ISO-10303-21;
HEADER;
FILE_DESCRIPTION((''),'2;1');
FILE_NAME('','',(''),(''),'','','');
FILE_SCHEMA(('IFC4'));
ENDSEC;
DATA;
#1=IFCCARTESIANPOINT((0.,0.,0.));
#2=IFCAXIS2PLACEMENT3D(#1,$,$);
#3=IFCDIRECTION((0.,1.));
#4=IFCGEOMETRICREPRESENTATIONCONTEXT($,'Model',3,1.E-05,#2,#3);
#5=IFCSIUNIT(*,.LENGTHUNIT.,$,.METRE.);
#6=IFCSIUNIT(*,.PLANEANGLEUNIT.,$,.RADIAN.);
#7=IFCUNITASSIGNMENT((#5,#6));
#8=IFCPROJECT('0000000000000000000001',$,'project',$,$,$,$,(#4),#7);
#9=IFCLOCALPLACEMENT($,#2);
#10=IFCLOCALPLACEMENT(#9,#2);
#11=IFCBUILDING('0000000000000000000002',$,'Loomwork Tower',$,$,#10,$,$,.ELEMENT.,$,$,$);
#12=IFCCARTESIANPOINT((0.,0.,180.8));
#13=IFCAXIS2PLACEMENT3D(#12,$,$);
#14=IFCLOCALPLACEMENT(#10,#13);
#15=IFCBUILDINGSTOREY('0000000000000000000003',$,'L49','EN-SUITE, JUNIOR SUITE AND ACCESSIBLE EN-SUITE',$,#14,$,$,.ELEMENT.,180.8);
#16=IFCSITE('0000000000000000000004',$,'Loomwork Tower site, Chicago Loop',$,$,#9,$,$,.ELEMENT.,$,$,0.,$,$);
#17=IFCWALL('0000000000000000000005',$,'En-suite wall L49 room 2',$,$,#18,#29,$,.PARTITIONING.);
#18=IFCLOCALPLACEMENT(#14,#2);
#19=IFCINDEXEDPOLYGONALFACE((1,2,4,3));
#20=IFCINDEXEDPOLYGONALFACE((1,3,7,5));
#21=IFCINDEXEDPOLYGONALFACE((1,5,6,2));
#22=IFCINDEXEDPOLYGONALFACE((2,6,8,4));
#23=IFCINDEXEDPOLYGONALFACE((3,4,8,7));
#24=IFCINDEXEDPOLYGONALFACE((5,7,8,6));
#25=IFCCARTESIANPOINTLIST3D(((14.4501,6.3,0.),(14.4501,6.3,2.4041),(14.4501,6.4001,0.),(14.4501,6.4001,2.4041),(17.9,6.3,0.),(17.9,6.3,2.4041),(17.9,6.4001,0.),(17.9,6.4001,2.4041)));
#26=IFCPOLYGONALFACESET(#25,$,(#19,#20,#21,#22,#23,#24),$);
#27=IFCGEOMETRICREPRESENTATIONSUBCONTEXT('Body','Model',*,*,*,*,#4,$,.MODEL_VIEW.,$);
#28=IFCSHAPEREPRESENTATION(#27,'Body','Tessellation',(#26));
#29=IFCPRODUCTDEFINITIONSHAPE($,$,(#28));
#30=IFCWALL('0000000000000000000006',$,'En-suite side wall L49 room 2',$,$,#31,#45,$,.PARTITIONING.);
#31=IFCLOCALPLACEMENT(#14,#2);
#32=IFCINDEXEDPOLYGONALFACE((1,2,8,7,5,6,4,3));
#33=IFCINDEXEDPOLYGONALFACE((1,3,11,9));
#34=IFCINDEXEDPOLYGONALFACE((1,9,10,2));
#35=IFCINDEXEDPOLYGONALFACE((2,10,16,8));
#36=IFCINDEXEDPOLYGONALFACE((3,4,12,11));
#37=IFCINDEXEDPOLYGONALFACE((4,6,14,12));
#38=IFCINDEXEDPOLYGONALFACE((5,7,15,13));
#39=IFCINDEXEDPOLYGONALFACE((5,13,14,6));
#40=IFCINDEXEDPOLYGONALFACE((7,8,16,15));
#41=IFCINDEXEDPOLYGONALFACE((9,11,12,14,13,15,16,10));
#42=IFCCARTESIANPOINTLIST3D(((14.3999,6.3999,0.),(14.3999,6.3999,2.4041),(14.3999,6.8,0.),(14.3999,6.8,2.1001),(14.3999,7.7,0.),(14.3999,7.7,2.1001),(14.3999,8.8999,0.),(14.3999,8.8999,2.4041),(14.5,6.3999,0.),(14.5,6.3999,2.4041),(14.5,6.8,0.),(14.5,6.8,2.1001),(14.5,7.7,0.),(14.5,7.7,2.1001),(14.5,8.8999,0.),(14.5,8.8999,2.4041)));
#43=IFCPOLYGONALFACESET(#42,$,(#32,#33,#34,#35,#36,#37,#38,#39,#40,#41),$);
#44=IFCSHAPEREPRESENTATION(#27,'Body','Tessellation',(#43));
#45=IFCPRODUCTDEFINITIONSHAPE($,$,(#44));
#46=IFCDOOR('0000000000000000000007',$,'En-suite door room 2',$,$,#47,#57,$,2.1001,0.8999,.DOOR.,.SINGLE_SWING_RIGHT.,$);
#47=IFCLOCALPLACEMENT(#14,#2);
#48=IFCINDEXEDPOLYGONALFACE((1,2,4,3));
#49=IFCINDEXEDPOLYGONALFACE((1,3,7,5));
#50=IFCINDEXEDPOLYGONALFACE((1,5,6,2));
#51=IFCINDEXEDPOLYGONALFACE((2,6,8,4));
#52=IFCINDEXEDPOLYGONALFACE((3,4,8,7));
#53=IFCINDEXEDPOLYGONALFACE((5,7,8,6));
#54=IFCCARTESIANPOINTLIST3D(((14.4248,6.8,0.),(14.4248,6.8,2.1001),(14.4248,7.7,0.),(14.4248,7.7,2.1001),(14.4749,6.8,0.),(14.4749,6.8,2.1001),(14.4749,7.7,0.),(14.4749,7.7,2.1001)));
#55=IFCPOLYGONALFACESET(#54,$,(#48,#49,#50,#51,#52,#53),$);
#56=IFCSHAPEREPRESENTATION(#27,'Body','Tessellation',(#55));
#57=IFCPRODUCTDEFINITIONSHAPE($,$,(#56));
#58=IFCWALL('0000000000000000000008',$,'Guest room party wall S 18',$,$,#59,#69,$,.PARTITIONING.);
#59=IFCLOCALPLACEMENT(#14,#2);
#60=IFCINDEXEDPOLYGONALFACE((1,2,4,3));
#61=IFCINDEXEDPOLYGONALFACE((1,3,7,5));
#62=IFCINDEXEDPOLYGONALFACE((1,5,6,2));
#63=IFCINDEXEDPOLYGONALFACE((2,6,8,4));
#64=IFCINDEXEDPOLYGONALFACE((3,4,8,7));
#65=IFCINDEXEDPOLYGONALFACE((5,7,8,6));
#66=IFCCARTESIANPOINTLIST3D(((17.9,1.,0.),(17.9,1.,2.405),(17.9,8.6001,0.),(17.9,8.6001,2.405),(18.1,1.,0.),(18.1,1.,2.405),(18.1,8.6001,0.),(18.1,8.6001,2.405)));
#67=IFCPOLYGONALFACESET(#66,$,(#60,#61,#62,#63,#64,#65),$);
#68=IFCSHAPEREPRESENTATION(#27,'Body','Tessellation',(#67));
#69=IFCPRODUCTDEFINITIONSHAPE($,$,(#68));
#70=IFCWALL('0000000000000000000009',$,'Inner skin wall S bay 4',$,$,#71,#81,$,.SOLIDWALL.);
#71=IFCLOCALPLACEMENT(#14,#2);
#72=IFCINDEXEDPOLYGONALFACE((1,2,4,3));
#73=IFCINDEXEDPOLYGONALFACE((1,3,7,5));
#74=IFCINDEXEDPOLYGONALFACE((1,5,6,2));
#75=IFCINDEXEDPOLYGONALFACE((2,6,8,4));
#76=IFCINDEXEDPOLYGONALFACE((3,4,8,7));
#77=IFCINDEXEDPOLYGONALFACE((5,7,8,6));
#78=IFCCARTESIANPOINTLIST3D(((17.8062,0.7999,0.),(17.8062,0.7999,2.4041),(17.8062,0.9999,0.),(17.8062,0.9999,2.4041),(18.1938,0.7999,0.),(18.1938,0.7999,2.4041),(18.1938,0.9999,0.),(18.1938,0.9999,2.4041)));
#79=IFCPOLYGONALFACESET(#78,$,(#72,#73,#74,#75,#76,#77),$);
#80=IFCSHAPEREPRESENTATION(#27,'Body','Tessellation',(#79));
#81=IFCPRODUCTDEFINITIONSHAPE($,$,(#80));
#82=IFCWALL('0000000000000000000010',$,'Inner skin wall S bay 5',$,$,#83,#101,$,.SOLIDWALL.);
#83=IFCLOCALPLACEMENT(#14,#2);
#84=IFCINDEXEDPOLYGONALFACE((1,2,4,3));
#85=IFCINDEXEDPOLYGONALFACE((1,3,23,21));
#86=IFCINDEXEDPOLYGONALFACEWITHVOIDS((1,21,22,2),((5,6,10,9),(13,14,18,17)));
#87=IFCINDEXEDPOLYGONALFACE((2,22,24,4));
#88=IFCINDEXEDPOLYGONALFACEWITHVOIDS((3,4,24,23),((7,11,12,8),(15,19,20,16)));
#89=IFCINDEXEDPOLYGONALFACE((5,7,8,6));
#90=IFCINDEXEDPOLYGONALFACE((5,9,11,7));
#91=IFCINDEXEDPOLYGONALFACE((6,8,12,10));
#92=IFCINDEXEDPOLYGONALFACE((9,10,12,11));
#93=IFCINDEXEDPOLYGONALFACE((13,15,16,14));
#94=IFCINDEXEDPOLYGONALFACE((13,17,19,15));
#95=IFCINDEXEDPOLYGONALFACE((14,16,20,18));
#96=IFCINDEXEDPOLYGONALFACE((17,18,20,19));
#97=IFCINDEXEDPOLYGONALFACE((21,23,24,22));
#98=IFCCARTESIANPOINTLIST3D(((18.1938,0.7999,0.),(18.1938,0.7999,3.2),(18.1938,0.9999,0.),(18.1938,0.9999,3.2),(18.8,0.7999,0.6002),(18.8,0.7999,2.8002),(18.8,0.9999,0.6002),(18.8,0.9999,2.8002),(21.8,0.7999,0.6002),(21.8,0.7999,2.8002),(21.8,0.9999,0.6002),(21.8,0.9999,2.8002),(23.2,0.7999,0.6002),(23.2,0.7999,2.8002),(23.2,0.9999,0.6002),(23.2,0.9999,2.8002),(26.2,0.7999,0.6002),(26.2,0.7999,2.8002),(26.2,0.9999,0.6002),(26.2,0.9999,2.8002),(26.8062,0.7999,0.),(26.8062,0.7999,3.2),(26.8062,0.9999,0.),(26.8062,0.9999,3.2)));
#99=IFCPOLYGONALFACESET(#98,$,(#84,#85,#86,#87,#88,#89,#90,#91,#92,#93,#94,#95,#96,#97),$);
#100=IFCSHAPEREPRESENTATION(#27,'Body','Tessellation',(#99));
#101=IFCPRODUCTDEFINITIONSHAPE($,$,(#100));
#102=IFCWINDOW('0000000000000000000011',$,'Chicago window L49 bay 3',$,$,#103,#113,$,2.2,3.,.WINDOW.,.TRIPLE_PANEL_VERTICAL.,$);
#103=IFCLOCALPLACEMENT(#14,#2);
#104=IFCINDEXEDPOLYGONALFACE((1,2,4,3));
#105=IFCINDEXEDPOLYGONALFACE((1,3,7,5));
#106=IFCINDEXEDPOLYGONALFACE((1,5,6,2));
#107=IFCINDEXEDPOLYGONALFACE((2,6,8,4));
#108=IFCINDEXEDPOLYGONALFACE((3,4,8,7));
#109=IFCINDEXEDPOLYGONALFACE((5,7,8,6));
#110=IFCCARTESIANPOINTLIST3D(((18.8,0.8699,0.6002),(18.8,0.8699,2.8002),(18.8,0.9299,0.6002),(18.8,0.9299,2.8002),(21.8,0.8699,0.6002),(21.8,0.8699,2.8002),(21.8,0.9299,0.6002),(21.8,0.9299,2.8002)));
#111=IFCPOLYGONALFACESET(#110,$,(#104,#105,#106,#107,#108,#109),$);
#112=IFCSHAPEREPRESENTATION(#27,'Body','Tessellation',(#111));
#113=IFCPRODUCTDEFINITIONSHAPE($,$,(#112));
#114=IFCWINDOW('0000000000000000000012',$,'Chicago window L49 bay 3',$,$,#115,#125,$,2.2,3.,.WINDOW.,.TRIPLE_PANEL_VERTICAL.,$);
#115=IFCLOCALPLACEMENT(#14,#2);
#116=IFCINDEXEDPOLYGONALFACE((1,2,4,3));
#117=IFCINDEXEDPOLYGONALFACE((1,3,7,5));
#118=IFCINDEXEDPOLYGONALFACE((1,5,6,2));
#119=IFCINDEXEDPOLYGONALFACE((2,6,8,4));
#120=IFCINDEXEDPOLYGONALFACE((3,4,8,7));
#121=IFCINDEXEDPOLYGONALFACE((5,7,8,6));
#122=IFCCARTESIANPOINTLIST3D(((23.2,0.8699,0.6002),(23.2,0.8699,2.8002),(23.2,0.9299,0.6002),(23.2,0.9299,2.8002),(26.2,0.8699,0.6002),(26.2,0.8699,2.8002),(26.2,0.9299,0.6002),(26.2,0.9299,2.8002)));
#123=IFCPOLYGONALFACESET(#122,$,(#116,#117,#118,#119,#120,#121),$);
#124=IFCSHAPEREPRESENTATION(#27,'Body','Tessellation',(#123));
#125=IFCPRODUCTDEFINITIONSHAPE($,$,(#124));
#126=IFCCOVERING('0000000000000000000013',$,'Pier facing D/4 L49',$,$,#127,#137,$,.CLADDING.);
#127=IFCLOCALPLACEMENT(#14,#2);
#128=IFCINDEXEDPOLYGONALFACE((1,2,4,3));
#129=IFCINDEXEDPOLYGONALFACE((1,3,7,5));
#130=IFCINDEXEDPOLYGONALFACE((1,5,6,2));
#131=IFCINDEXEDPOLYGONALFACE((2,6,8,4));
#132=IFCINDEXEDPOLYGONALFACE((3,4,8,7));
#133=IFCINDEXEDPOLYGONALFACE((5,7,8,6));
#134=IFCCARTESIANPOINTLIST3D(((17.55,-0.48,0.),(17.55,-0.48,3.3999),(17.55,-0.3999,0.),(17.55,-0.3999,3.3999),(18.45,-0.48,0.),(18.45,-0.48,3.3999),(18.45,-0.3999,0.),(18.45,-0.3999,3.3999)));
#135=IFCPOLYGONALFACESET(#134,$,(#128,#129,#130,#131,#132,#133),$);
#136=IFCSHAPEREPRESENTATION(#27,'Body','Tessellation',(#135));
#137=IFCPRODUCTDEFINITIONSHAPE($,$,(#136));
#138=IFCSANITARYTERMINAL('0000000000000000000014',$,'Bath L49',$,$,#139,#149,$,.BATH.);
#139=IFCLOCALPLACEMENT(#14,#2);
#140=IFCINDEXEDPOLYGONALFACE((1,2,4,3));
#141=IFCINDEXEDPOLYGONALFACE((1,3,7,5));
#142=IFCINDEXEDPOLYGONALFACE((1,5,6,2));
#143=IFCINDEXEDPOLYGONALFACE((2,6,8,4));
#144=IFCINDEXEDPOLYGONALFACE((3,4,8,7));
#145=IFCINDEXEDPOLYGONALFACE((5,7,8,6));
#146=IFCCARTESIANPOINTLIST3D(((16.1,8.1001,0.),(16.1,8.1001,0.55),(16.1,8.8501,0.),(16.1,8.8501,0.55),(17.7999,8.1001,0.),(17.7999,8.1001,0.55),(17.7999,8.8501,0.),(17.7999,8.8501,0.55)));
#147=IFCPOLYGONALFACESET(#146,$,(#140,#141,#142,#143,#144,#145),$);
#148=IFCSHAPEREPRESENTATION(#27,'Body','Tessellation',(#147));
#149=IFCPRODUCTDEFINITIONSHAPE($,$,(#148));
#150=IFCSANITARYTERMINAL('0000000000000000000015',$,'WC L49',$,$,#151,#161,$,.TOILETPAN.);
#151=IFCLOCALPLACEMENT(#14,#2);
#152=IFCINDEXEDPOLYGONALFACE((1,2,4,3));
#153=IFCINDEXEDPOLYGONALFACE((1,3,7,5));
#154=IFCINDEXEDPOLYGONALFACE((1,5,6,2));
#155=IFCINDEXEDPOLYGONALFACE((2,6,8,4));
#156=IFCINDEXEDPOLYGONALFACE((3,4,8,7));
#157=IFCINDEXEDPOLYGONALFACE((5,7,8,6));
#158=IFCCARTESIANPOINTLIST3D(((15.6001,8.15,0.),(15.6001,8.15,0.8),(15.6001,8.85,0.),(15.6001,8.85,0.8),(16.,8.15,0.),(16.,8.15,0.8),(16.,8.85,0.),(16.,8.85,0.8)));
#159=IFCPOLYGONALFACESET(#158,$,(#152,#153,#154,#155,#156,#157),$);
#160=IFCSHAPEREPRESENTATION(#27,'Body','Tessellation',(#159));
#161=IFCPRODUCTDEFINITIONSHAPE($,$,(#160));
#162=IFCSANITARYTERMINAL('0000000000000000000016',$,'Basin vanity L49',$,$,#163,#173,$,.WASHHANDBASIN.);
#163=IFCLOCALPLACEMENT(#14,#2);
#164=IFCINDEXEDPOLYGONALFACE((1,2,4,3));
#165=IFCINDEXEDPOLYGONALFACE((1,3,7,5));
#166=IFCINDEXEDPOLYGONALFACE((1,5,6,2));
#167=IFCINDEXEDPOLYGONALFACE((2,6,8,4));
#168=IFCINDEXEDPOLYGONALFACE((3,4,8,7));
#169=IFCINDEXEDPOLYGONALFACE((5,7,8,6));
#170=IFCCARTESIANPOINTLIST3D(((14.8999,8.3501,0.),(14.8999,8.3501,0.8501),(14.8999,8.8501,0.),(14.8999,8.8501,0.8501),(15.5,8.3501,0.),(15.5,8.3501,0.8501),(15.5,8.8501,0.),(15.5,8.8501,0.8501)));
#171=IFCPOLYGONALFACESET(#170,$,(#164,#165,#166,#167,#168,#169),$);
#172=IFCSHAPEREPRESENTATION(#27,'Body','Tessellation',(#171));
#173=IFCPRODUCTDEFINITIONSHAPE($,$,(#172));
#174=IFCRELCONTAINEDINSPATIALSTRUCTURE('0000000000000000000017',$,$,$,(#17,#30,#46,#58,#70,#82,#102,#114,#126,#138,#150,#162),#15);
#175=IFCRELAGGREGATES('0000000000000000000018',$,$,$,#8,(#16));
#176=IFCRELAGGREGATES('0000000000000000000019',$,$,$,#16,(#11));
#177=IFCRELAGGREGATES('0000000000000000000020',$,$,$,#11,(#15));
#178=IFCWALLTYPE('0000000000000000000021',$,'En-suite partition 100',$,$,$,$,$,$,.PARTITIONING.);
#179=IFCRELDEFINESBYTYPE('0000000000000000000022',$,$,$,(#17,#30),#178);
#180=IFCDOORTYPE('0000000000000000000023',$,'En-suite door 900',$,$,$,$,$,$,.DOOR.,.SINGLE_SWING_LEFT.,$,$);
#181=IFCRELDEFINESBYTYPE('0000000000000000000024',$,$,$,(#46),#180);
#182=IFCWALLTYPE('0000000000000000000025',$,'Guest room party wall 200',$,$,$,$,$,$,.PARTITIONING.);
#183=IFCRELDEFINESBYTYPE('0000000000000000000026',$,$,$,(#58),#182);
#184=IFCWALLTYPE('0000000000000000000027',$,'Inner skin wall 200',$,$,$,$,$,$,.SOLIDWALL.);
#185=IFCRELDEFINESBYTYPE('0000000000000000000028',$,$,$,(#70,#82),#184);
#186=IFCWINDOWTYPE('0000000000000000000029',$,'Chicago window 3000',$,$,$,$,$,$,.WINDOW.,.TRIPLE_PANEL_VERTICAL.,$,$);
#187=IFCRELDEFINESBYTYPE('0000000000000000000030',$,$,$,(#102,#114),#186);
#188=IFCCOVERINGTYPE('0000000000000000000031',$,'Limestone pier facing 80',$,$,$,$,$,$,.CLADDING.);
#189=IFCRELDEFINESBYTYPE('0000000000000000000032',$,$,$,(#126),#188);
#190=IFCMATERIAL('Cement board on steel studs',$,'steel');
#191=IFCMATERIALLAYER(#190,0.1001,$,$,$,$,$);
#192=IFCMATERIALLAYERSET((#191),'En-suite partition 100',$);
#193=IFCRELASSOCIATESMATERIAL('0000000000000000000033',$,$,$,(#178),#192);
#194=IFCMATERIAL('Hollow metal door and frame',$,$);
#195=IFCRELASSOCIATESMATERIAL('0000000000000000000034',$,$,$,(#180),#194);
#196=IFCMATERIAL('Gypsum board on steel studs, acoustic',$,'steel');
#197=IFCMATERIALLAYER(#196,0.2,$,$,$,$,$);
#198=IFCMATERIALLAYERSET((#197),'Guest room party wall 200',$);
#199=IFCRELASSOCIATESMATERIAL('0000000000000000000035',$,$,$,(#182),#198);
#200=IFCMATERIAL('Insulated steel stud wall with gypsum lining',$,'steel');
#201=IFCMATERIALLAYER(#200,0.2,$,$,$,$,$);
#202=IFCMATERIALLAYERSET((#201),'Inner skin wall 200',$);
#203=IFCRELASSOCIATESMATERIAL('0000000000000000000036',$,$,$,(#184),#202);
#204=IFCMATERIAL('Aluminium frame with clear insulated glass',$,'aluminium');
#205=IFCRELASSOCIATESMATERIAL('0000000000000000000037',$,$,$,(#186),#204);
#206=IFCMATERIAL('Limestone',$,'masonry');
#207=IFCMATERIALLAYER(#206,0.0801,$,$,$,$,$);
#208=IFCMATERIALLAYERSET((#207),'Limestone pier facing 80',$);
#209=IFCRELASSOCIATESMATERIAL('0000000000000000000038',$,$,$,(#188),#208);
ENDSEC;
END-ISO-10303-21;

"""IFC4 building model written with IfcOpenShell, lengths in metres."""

from ifc_helpers import new_model, si_unit, direction, frame, frame_2d, origin, origin_2d, place, context, subcontext, project, spatial, rectangle, extrude, material, layer, layer_set, type_object, element, fill, save


model = new_model("IFC4")

# Units and contexts
model_context = context("Model", 3, precision=1e-05, world=origin(), true_north=direction((0.0, 1.0)))
body_context = subcontext(model_context, "Body", "Model", "MODEL_VIEW")
ifc_project = project(units=[si_unit("LENGTHUNIT", "METRE"), si_unit("PLANEANGLEUNIT", "RADIAN")], contexts=[model_context])

# Site, building, storey
site_placement = place(None, origin())
site = spatial("IfcSite", under=ifc_project, at=site_placement, Name="Loomwork Tower site, Chicago Loop", CompositionType="ELEMENT", RefElevation=0.0)
building_placement = place(site_placement, origin())
building = spatial("IfcBuilding", under=site, at=building_placement, Name="Loomwork Tower", CompositionType="ELEMENT")
storey_placement = place(building_placement, frame((0.0, 0.0, 180.8)))
storey = spatial("IfcBuildingStorey", under=building, at=storey_placement, Name="L49", Description="EN-SUITE, JUNIOR SUITE AND ACCESSIBLE EN-SUITE", CompositionType="ELEMENT", Elevation=180.8)

# Wall
ifc_material_1 = material(Name="Cement board on steel studs", Category="steel")
ifc_layer_1 = layer(ifc_material_1, 0.1001)
ifc_layer_set_1 = layer_set([ifc_layer_1], Name="En-suite partition 100")
wall_type_1 = type_object("IfcWallType", Name="En-suite partition 100", PredefinedType="PARTITIONING", material=ifc_layer_set_1)
wall_1_placement = place(storey_placement, frame((14.45, 6.3501, 0.0), z_axis=(0.0, 0.0, 1.0), x_axis=(1.0, 0.0, 0.0)))
element("IfcWall", 1, at=wall_1_placement, inside=storey, type_object=wall_type_1, Name="En-suite wall L49 room 2", PredefinedType="PARTITIONING", context=body_context, shape_type="SweptSolid", body=[
    extrude(rectangle(XDim=3.45, YDim=0.1001, at=frame_2d((1.7251, 0.0))), origin(), (0.0, 0.0, 1.0), 2.4041),
])

# Wall, opening, door
wall_2_placement = place(storey_placement, frame((14.45, 8.8999, 0.0), z_axis=(0.0, 0.0, 1.0), x_axis=(0.0, -1.0, 0.0)))
wall_2 = element("IfcWall", 2, at=wall_2_placement, inside=storey, type_object=wall_type_1, Name="En-suite side wall L49 room 2", PredefinedType="PARTITIONING", context=body_context, shape_type="SweptSolid", body=[
    extrude(rectangle(XDim=2.5, YDim=0.1001, at=frame_2d((1.25, 0.0))), origin(), (0.0, 0.0, 1.0), 2.4041),
])
opening_1_placement = place(wall_2_placement, frame((1.2, 0.0, 0.0)))
opening_1 = element("IfcOpeningElement", 3, at=opening_1_placement, cuts=wall_2, PredefinedType="OPENING", context=body_context, shape_type="SweptSolid", body=[
    extrude(rectangle(XDim=0.8999, YDim=2.1001, at=frame_2d((0.45, 1.05))), frame((0.0, 0.0601, 0.0), z_axis=(0.0, -1.0, 0.0), x_axis=(1.0, 0.0, 0.0)), (0.0, 0.0, 1.0), 0.1201),
])
ifc_material_2 = material(Name="Hollow metal door and frame")
door_type = type_object("IfcDoorType", Name="En-suite door 900", OperationType="SINGLE_SWING_LEFT", PredefinedType="DOOR", material=ifc_material_2)
door_placement = place(opening_1_placement, origin())
door = element("IfcDoor", 4, at=door_placement, inside=storey, type_object=door_type, Name="En-suite door room 2", OperationType="SINGLE_SWING_RIGHT", OverallHeight=2.1001, OverallWidth=0.8999, PredefinedType="DOOR", context=body_context, shape_type="SweptSolid", body=[
    extrude(rectangle(XDim=0.8999, YDim=2.1001, at=frame_2d((0.45, 1.05))), frame((0.0, 0.0249, 0.0), z_axis=(0.0, -1.0, 0.0), x_axis=(1.0, 0.0, 0.0)), (0.0, 0.0, 1.0), 0.05),
])
fill(opening_1, door)

# Walls
ifc_material_3 = material(Name="Gypsum board on steel studs, acoustic", Category="steel")
ifc_layer_2 = layer(ifc_material_3, 0.2)
ifc_layer_set_2 = layer_set([ifc_layer_2], Name="Guest room party wall 200")
wall_type_2 = type_object("IfcWallType", Name="Guest room party wall 200", PredefinedType="PARTITIONING", material=ifc_layer_set_2)
wall_3_placement = place(storey_placement, frame((18.0, 8.6001, 0.0), z_axis=(0.0, 0.0, 1.0), x_axis=(0.0, -1.0, 0.0)))
element("IfcWall", 5, at=wall_3_placement, inside=storey, type_object=wall_type_2, Name="Guest room party wall S 18", PredefinedType="PARTITIONING", context=body_context, shape_type="SweptSolid", body=[
    extrude(rectangle(XDim=7.6001, YDim=0.2, at=frame_2d((3.8, 0.0))), origin(), (0.0, 0.0, 1.0), 2.405),
])
ifc_material_4 = material(Name="Insulated steel stud wall with gypsum lining", Category="steel")
ifc_layer_3 = layer(ifc_material_4, 0.2)
ifc_layer_set_3 = layer_set([ifc_layer_3], Name="Inner skin wall 200")
wall_type_3 = type_object("IfcWallType", Name="Inner skin wall 200", PredefinedType="SOLIDWALL", material=ifc_layer_set_3)
wall_4_placement = place(storey_placement, frame((17.8062, 0.8999, 0.0), z_axis=(0.0, 0.0, 1.0), x_axis=(1.0, 0.0, 0.0)))
element("IfcWall", 6, at=wall_4_placement, inside=storey, type_object=wall_type_3, Name="Inner skin wall S bay 4", PredefinedType="SOLIDWALL", context=body_context, shape_type="SweptSolid", body=[
    extrude(rectangle(XDim=0.3877, YDim=0.2, at=frame_2d((0.1938, 0.0))), origin(), (0.0, 0.0, 1.0), 2.4041),
])

# Wall, openings, windows
wall_5_placement = place(storey_placement, frame((18.1938, 0.8999, 0.0), z_axis=(0.0, 0.0, 1.0), x_axis=(1.0, 0.0, 0.0)))
wall_5 = element("IfcWall", 7, at=wall_5_placement, inside=storey, type_object=wall_type_3, Name="Inner skin wall S bay 5", PredefinedType="SOLIDWALL", context=body_context, shape_type="SweptSolid", body=[
    extrude(rectangle(XDim=8.6123, YDim=0.2, at=frame_2d((4.3062, 0.0))), origin(), (0.0, 0.0, 1.0), 3.2),
])
opening_2_placement = place(wall_5_placement, frame((0.6062, 0.0, 0.6001)))
opening_2 = element("IfcOpeningElement", 8, at=opening_2_placement, cuts=wall_5, PredefinedType="OPENING", context=body_context, shape_type="SweptSolid", body=[
    extrude(rectangle(XDim=3.0, YDim=2.2, at=frame_2d((1.5, 1.1001))), frame((0.0, 0.1099, 0.0), z_axis=(0.0, -1.0, 0.0), x_axis=(1.0, 0.0, 0.0)), (0.0, 0.0, 1.0), 0.22),
])
opening_3_placement = place(wall_5_placement, frame((5.0061, 0.0, 0.6001)))
opening_3 = element("IfcOpeningElement", 9, at=opening_3_placement, cuts=wall_5, PredefinedType="OPENING", context=body_context, shape_type="SweptSolid", body=[
    extrude(rectangle(XDim=3.0, YDim=2.2, at=frame_2d((1.5, 1.1001))), frame((0.0, 0.1099, 0.0), z_axis=(0.0, -1.0, 0.0), x_axis=(1.0, 0.0, 0.0)), (0.0, 0.0, 1.0), 0.22),
])
ifc_material_5 = material(Name="Aluminium frame with clear insulated glass", Category="aluminium")
window_type = type_object("IfcWindowType", Name="Chicago window 3000", PartitioningType="TRIPLE_PANEL_VERTICAL", PredefinedType="WINDOW", material=ifc_material_5)
window_1_placement = place(opening_2_placement, origin())
window_1 = element("IfcWindow", 10, at=window_1_placement, inside=storey, type_object=window_type, Name="Chicago window L49 bay 3", OverallHeight=2.2, OverallWidth=3.0, PartitioningType="TRIPLE_PANEL_VERTICAL", PredefinedType="WINDOW", context=body_context, shape_type="SweptSolid", body=[
    extrude(rectangle(XDim=3.0, YDim=2.2, at=frame_2d((1.5, 1.1001))), frame((0.0, 0.03, 0.0), z_axis=(0.0, -1.0, 0.0), x_axis=(1.0, 0.0, 0.0)), (0.0, 0.0, 1.0), 0.0601),
])
fill(opening_2, window_1)
window_2_placement = place(opening_3_placement, origin())
window_2 = element("IfcWindow", 11, at=window_2_placement, inside=storey, type_object=window_type, Name="Chicago window L49 bay 3", OverallHeight=2.2, OverallWidth=3.0, PartitioningType="TRIPLE_PANEL_VERTICAL", PredefinedType="WINDOW", context=body_context, shape_type="SweptSolid", body=[
    extrude(rectangle(XDim=3.0, YDim=2.2, at=frame_2d((1.5, 1.1001))), frame((0.0, 0.03, 0.0), z_axis=(0.0, -1.0, 0.0), x_axis=(1.0, 0.0, 0.0)), (0.0, 0.0, 1.0), 0.0601),
])
fill(opening_3, window_2)

# Covering
ifc_material_6 = material(Name="Limestone", Category="masonry")
ifc_layer_4 = layer(ifc_material_6, 0.0801)
ifc_layer_set_4 = layer_set([ifc_layer_4], Name="Limestone pier facing 80")
covering_type = type_object("IfcCoveringType", Name="Limestone pier facing 80", PredefinedType="CLADDING", material=ifc_layer_set_4)
covering_placement = place(storey_placement, frame((18.0, -0.4399, 0.0), z_axis=(0.0, 0.0, 1.0), x_axis=(1.0, 0.0, 0.0)))
element("IfcCovering", 12, at=covering_placement, inside=storey, type_object=covering_type, Name="Pier facing D/4 L49", PredefinedType="CLADDING", context=body_context, shape_type="SweptSolid", body=[
    extrude(rectangle(XDim=0.8999, YDim=0.0801, at=origin_2d()), origin(), (0.0, 0.0, 1.0), 3.3999),
])

# Sanitary terminals
sanitary_terminal_1_placement = place(storey_placement, frame((16.95, 8.4751, 0.0), z_axis=(0.0, 0.0, 1.0), x_axis=(1.0, 0.0, 0.0)))
element("IfcSanitaryTerminal", 13, at=sanitary_terminal_1_placement, inside=storey, Name="Bath L49", PredefinedType="BATH", context=body_context, shape_type="SweptSolid", body=[
    extrude(rectangle(XDim=1.7, YDim=0.75, at=origin_2d()), origin(), (0.0, 0.0, 1.0), 0.55),
])
sanitary_terminal_2_placement = place(storey_placement, frame((15.8, 8.5, 0.0), z_axis=(0.0, 0.0, 1.0), x_axis=(1.0, 0.0, 0.0)))
element("IfcSanitaryTerminal", 14, at=sanitary_terminal_2_placement, inside=storey, Name="WC L49", PredefinedType="TOILETPAN", context=body_context, shape_type="SweptSolid", body=[
    extrude(rectangle(XDim=0.3999, YDim=0.7, at=origin_2d()), origin(), (0.0, 0.0, 1.0), 0.8),
])
sanitary_terminal_3_placement = place(storey_placement, frame((15.2, 8.6001, 0.0), z_axis=(0.0, 0.0, 1.0), x_axis=(1.0, 0.0, 0.0)))
element("IfcSanitaryTerminal", 15, at=sanitary_terminal_3_placement, inside=storey, Name="Basin vanity L49", PredefinedType="WASHHANDBASIN", context=body_context, shape_type="SweptSolid", body=[
    extrude(rectangle(XDim=0.6001, YDim=0.5, at=origin_2d()), origin(), (0.0, 0.0, 1.0), 0.8501),
])

save(model, "model.ifc")
